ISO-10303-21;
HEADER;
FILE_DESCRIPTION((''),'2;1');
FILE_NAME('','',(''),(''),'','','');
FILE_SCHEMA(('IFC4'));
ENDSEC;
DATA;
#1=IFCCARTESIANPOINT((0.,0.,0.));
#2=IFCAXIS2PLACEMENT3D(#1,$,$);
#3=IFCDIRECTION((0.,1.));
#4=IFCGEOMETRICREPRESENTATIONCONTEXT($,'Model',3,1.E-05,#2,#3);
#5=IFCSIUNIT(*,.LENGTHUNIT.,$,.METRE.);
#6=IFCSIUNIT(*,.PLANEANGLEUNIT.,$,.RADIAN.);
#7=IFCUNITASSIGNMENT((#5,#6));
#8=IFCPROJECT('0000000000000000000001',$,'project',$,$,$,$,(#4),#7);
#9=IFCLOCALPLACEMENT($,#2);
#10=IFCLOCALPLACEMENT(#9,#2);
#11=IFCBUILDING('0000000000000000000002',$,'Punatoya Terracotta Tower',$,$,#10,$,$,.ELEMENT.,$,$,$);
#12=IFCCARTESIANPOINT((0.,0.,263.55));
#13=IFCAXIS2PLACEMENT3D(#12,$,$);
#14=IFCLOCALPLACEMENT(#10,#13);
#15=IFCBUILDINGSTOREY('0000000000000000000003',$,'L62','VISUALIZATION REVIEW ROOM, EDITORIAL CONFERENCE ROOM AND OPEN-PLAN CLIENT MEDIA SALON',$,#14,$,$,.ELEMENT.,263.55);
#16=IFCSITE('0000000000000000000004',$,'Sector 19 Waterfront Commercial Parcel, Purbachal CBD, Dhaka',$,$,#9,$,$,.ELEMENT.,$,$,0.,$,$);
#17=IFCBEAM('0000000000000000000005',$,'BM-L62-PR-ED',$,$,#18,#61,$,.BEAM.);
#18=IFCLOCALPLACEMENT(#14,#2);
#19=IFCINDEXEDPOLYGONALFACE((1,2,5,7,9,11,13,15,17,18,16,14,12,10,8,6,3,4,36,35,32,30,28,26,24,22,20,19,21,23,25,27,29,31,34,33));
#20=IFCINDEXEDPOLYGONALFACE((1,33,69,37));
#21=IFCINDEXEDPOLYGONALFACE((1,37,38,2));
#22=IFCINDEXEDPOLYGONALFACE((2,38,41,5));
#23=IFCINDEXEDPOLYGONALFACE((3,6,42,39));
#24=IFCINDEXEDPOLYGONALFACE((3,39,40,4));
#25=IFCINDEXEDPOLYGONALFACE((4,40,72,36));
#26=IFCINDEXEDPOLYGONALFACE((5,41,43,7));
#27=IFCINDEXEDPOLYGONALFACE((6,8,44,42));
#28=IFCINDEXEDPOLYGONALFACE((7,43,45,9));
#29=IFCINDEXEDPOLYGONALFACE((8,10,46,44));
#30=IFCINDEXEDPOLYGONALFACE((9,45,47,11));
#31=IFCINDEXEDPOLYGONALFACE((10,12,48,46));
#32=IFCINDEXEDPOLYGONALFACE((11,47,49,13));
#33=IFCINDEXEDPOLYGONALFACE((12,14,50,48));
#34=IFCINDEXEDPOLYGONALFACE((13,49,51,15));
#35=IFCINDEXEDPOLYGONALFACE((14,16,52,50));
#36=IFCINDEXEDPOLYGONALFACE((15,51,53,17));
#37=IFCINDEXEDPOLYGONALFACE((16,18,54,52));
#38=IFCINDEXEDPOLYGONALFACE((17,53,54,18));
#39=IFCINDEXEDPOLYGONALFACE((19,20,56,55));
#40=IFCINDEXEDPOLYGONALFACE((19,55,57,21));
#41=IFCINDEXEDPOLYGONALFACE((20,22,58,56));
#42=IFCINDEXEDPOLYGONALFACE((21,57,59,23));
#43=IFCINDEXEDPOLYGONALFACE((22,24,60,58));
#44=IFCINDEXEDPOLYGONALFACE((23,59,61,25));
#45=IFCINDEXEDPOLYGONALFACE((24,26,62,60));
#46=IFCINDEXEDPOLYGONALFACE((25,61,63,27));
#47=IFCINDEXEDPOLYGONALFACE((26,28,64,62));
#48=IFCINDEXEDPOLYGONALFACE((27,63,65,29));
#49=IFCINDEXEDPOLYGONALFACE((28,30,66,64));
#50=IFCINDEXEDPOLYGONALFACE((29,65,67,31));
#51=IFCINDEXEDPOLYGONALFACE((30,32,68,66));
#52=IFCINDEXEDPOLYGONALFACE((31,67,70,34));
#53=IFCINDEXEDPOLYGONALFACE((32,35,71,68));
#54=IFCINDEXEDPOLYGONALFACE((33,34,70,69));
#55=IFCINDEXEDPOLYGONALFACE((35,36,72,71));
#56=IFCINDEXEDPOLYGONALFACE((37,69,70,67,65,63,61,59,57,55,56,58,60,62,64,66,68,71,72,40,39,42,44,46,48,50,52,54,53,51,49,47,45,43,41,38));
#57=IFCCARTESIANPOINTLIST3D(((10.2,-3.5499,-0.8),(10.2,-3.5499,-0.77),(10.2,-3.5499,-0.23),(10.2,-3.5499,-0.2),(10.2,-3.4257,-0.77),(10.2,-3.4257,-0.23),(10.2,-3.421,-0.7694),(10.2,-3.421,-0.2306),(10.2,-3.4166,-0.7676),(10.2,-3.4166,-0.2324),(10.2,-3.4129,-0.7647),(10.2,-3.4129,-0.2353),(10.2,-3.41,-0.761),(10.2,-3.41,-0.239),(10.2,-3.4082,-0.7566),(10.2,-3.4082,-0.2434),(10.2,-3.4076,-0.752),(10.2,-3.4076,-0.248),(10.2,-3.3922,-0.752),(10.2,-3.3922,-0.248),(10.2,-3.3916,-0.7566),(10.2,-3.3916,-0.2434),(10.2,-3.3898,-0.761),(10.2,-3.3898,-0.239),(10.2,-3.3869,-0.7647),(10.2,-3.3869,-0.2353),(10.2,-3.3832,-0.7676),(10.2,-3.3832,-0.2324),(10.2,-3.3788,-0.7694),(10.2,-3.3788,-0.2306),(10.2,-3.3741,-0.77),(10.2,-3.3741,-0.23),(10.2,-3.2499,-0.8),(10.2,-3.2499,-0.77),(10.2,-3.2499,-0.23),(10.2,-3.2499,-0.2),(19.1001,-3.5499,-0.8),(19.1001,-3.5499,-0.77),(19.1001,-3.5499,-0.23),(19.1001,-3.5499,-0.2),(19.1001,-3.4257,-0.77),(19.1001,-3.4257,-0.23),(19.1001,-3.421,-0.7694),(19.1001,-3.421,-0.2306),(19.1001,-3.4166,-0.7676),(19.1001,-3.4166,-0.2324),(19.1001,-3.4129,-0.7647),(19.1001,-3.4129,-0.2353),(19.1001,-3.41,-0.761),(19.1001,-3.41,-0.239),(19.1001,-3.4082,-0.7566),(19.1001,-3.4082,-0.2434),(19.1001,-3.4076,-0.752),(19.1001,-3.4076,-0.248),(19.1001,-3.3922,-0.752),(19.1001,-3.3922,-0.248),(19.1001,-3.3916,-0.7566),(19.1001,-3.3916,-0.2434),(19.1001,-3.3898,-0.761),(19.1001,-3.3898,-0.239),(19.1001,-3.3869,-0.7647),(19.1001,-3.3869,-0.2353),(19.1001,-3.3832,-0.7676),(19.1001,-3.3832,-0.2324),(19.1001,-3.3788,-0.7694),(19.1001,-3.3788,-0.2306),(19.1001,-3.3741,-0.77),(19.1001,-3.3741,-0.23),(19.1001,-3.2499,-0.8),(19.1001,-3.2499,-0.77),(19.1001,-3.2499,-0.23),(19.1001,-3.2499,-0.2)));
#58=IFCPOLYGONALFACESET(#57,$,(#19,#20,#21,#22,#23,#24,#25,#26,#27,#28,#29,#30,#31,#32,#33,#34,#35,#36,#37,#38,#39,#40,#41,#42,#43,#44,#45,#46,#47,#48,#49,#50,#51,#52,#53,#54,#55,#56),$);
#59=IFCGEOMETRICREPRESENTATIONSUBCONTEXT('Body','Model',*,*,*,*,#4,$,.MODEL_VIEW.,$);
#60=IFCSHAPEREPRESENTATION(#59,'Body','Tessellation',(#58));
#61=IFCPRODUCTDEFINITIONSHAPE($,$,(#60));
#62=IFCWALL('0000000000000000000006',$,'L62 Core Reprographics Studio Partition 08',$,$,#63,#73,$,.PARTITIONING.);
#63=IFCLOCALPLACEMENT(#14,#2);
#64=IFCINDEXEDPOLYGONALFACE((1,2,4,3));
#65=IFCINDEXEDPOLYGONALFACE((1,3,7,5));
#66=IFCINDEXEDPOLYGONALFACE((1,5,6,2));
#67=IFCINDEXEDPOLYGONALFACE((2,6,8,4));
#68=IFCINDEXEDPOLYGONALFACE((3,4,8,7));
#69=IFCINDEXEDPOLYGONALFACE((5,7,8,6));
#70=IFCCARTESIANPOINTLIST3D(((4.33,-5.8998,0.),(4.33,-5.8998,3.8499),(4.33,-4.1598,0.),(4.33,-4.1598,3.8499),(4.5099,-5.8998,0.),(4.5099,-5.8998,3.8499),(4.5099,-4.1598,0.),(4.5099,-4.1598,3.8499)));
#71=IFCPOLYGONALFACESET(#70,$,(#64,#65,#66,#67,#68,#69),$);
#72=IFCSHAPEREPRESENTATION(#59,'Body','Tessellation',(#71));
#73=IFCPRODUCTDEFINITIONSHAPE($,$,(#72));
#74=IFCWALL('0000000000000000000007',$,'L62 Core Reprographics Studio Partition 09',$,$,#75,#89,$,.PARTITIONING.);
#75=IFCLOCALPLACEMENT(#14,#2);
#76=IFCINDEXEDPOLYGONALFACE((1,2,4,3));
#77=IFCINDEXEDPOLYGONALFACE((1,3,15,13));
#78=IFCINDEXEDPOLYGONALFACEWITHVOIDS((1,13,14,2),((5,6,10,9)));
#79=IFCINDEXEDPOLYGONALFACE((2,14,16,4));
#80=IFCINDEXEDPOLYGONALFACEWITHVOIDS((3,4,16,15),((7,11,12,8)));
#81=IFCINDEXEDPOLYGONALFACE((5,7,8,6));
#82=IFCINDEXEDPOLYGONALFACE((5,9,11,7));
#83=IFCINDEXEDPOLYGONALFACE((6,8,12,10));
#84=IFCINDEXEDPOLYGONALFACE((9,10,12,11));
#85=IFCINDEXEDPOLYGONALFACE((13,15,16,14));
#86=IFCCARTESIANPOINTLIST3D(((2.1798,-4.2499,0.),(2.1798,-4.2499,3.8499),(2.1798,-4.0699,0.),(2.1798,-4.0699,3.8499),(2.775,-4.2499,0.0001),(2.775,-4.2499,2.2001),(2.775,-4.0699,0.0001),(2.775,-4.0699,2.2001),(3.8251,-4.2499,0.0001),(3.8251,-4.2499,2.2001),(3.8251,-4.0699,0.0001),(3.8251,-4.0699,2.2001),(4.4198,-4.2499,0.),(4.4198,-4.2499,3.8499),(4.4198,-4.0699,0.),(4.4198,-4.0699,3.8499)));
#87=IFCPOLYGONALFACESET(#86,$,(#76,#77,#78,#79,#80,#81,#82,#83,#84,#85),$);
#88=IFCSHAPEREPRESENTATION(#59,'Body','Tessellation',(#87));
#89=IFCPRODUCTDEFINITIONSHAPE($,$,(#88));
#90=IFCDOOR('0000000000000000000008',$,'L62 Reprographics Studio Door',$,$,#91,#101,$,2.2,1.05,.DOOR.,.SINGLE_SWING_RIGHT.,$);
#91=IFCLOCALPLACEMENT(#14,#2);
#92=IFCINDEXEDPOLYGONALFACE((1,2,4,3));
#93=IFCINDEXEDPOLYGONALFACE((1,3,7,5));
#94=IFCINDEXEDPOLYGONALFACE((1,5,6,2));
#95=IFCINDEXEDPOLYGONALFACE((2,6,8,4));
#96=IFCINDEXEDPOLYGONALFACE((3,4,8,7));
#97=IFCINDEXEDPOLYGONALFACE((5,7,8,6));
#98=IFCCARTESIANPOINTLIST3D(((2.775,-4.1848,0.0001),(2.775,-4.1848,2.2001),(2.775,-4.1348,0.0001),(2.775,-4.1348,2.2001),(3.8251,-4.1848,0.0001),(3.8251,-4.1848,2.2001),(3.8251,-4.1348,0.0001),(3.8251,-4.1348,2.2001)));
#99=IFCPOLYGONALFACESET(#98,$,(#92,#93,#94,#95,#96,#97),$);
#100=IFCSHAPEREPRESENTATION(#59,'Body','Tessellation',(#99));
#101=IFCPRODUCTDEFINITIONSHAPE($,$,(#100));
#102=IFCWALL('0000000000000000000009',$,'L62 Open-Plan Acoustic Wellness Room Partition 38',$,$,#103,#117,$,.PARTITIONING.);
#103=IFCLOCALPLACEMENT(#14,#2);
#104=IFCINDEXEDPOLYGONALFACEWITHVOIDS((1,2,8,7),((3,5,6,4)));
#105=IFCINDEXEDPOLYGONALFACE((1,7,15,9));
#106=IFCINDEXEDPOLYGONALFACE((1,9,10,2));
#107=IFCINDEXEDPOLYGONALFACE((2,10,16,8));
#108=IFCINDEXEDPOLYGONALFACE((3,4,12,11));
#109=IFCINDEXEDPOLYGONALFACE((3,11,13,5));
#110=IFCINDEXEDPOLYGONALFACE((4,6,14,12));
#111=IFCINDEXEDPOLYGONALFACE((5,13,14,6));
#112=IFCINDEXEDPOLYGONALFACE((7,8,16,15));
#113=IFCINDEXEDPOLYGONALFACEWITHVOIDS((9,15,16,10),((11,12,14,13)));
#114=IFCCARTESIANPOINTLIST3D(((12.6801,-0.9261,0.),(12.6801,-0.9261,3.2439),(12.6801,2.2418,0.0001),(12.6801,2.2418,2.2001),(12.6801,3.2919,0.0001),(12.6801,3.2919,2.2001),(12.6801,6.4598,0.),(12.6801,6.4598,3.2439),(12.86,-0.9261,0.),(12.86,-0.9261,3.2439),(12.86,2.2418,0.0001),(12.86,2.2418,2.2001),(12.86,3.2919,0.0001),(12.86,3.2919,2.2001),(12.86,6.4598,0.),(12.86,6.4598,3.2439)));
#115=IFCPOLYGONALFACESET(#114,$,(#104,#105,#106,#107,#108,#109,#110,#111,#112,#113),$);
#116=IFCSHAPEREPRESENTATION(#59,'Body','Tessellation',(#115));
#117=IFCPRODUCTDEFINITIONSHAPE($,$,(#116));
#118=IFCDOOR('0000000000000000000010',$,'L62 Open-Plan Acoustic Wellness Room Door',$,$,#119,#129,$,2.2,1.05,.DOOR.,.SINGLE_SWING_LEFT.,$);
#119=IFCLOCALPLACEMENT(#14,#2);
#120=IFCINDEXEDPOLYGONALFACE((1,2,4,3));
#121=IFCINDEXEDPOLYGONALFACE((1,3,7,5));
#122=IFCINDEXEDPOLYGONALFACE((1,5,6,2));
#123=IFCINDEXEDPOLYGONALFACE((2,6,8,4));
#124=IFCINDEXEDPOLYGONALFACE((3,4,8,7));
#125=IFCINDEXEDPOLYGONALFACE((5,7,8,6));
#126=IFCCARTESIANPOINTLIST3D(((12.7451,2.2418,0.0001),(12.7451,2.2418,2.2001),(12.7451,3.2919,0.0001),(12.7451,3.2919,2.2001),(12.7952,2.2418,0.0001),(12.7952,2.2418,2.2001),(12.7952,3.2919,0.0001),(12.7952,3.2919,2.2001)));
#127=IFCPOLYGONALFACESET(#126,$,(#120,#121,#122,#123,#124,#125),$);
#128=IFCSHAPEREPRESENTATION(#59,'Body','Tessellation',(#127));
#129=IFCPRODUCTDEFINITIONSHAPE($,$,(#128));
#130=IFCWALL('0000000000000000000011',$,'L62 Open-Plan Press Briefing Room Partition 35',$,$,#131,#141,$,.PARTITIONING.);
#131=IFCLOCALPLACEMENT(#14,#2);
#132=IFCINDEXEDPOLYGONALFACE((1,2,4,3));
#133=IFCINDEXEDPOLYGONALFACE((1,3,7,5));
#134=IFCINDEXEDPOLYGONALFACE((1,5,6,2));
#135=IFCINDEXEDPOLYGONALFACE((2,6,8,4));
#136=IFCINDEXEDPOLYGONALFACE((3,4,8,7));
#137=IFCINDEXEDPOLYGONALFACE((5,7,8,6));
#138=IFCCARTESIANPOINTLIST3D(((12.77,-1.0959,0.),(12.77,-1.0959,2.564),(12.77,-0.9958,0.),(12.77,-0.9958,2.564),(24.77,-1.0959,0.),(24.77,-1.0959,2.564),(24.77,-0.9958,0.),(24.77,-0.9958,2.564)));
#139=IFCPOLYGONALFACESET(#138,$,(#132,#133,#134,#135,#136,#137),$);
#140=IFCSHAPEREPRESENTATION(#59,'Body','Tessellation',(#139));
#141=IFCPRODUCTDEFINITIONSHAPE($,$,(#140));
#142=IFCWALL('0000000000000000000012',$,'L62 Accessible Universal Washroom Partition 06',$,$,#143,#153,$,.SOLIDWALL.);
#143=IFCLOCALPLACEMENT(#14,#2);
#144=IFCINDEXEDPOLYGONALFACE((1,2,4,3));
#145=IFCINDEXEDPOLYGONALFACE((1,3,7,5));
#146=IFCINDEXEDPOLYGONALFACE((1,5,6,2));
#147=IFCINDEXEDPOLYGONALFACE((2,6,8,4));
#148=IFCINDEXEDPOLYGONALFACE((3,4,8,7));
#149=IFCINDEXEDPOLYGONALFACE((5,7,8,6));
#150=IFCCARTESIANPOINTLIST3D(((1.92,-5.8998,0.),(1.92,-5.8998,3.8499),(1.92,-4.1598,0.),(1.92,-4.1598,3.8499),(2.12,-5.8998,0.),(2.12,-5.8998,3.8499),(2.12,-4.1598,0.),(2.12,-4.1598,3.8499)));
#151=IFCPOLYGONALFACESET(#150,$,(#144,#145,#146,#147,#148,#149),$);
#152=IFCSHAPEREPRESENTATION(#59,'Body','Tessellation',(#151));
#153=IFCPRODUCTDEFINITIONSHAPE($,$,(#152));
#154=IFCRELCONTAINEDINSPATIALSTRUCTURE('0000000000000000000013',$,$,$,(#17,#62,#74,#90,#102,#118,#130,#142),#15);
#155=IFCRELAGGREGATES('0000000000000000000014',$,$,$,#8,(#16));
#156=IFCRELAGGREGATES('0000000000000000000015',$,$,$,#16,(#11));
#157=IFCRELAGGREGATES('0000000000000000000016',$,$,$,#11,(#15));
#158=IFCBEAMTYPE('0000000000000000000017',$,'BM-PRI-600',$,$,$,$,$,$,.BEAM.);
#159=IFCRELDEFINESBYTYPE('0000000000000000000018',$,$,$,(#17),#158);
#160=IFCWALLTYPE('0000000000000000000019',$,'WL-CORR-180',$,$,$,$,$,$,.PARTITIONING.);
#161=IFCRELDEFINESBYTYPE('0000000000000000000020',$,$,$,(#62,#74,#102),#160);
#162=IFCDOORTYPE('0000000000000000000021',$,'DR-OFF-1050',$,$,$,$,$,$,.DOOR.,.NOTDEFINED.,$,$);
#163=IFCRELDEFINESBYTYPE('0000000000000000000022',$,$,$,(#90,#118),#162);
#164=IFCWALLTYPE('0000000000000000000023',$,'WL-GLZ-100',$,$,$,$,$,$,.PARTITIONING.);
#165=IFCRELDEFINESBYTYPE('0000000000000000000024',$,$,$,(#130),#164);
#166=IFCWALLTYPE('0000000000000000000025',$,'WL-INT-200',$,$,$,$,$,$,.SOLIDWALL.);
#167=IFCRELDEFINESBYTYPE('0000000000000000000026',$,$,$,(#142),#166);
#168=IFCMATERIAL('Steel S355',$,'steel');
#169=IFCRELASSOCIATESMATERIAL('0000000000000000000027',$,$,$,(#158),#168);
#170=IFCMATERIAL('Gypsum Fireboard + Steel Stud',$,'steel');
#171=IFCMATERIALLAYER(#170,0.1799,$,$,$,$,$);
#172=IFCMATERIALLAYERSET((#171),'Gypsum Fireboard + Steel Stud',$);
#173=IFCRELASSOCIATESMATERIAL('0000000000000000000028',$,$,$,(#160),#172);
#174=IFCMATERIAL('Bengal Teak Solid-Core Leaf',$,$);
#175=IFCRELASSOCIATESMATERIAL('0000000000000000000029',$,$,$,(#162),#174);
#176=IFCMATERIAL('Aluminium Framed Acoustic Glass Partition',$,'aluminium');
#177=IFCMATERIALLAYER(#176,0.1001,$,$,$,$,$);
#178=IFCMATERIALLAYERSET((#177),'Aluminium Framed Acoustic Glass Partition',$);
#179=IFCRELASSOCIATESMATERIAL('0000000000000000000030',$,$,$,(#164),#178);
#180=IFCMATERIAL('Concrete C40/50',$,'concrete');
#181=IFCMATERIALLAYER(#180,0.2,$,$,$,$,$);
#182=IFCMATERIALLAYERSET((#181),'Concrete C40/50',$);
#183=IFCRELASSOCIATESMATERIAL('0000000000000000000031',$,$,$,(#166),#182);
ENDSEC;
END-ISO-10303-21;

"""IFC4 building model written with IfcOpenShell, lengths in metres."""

from ifc_helpers import new_model, si_unit, direction, frame, frame_2d, origin, origin_2d, place, context, subcontext, project, spatial, rectangle, i_section, extrude, material, layer, layer_set, material_profile, profile_set, type_object, element, fill, save


model = new_model("IFC4")

# Units and contexts
model_context = context("Model", 3, precision=1e-05, world=origin(), true_north=direction((0.0, 1.0)))
body_context = subcontext(model_context, "Body", "Model", "MODEL_VIEW")
ifc_project = project(units=[si_unit("LENGTHUNIT", "METRE"), si_unit("PLANEANGLEUNIT", "RADIAN")], contexts=[model_context])

# Site, building, storey
site_placement = place(None, origin())
site = spatial("IfcSite", under=ifc_project, at=site_placement, Name="Sector 19 Waterfront Commercial Parcel, Purbachal CBD, Dhaka", CompositionType="ELEMENT", RefElevation=0.0)
building_placement = place(site_placement, origin())
building = spatial("IfcBuilding", under=site, at=building_placement, Name="Punatoya Terracotta Tower", CompositionType="ELEMENT")
storey_placement = place(building_placement, frame((0.0, 0.0, 263.55)))
storey = spatial("IfcBuildingStorey", under=building, at=storey_placement, Name="L62", Description="VISUALIZATION REVIEW ROOM, EDITORIAL CONFERENCE ROOM AND OPEN-PLAN CLIENT MEDIA SALON", CompositionType="ELEMENT", Elevation=263.55)

# Beam
ifc_material_1 = material(Name="Steel S355", Category="steel")
ifc_material_profile = material_profile(ifc_material_1, i_section(OverallWidth=0.3, OverallDepth=0.6001, WebThickness=0.0154, FlangeThickness=0.03, FilletRadius=0.0181, at=origin_2d()))
ifc_profile_set = profile_set([ifc_material_profile], Name="Steel S355")
beam_type = type_object("IfcBeamType", Name="BM-PRI-600", PredefinedType="BEAM", material=ifc_profile_set)
beam_placement = place(storey_placement, frame((10.2, -3.3999, -0.5), z_axis=(1.0, 0.0, 0.0), x_axis=(0.0, 1.0, 0.0)))
element("IfcBeam", 1, at=beam_placement, inside=storey, type_object=beam_type, Name="BM-L62-PR-ED", PredefinedType="BEAM", context=body_context, shape_type="SweptSolid", body=[
    extrude(i_section(OverallWidth=0.3, OverallDepth=0.6001, WebThickness=0.0154, FlangeThickness=0.03, FilletRadius=0.0181, at=origin_2d()), origin(), (0.0, 0.0, 1.0), 8.9001),
])

# Wall
ifc_material_2 = material(Name="Gypsum Fireboard + Steel Stud", Category="steel")
ifc_layer_1 = layer(ifc_material_2, 0.1799)
ifc_layer_set_1 = layer_set([ifc_layer_1], Name="Gypsum Fireboard + Steel Stud")
wall_type_1 = type_object("IfcWallType", Name="WL-CORR-180", PredefinedType="PARTITIONING", material=ifc_layer_set_1)
wall_1_placement = place(storey_placement, frame((4.4199, -5.8999, 0.0), z_axis=(0.0, 0.0, 1.0), x_axis=(0.0, 1.0, 0.0)))
element("IfcWall", 2, at=wall_1_placement, inside=storey, type_object=wall_type_1, Name="L62 Core Reprographics Studio Partition 08", PredefinedType="PARTITIONING", context=body_context, shape_type="SweptSolid", body=[
    extrude(rectangle(XDim=1.74, YDim=0.1799, at=frame_2d((0.8701, 0.0))), origin(), (0.0, 0.0, 1.0), 3.8499),
])

# Walls, openings, doors
wall_2_placement = place(storey_placement, frame((4.4199, -4.1599, 0.0), z_axis=(0.0, 0.0, 1.0), x_axis=(-1.0, 0.0, 0.0)))
wall_2 = element("IfcWall", 3, at=wall_2_placement, inside=storey, type_object=wall_type_1, Name="L62 Core Reprographics Studio Partition 09", PredefinedType="PARTITIONING", context=body_context, shape_type="SweptSolid", body=[
    extrude(rectangle(XDim=2.24, YDim=0.1799, at=frame_2d((1.1201, 0.0))), origin(), (0.0, 0.0, 1.0), 3.8499),
])
opening_1_placement = place(wall_2_placement, frame((0.595, 0.0, 0.0)))
opening_1 = element("IfcOpeningElement", 4, at=opening_1_placement, cuts=wall_2, PredefinedType="OPENING", context=body_context, shape_type="SweptSolid", body=[
    extrude(rectangle(XDim=1.05, YDim=2.2, at=frame_2d((0.5249, 1.1001))), frame((0.0, 0.0999, 0.0), z_axis=(0.0, -1.0, 0.0), x_axis=(1.0, 0.0, 0.0)), (0.0, 0.0, 1.0), 0.2),
])
ifc_material_3 = material(Name="Bengal Teak Solid-Core Leaf")
door_type_1 = type_object("IfcDoorType", Name="DR-OFF-1050", OperationType="NOTDEFINED", PredefinedType="DOOR", material=ifc_material_3)
door_1_placement = place(opening_1_placement, origin())
door_1 = element("IfcDoor", 5, at=door_1_placement, inside=storey, type_object=door_type_1, Name="L62 Reprographics Studio Door", OperationType="SINGLE_SWING_RIGHT", OverallHeight=2.2, OverallWidth=1.05, PredefinedType="DOOR", context=body_context, shape_type="SweptSolid", body=[
    extrude(rectangle(XDim=1.05, YDim=2.2, at=frame_2d((0.5249, 1.1001))), frame((0.0, 0.0249, 0.0), z_axis=(0.0, -1.0, 0.0), x_axis=(1.0, 0.0, 0.0)), (0.0, 0.0, 1.0), 0.05),
])
fill(opening_1, door_1)
wall_3_placement = place(storey_placement, frame((12.77, -0.926, 0.0), z_axis=(0.0, 0.0, 1.0), x_axis=(0.0, 1.0, 0.0)))
wall_3 = element("IfcWall", 6, at=wall_3_placement, inside=storey, type_object=wall_type_1, Name="L62 Open-Plan Acoustic Wellness Room Partition 38", PredefinedType="PARTITIONING", context=body_context, shape_type="SweptSolid", body=[
    extrude(rectangle(XDim=7.386, YDim=0.1799, at=frame_2d((3.6929, 0.0))), origin(), (0.0, 0.0, 1.0), 3.2439),
])
opening_2_placement = place(wall_3_placement, frame((3.168, 0.0, 0.0)))
opening_2 = element("IfcOpeningElement", 7, at=opening_2_placement, cuts=wall_3, PredefinedType="OPENING", context=body_context, shape_type="SweptSolid", body=[
    extrude(rectangle(XDim=1.05, YDim=2.2, at=frame_2d((0.5249, 1.1001))), frame((0.0, 0.0999, 0.0), z_axis=(0.0, -1.0, 0.0), x_axis=(1.0, 0.0, 0.0)), (0.0, 0.0, 1.0), 0.2),
])
door_2_placement = place(opening_2_placement, origin())
door_2 = element("IfcDoor", 8, at=door_2_placement, inside=storey, type_object=door_type_1, Name="L62 Open-Plan Acoustic Wellness Room Door", OperationType="SINGLE_SWING_LEFT", OverallHeight=2.2, OverallWidth=1.05, PredefinedType="DOOR", context=body_context, shape_type="SweptSolid", body=[
    extrude(rectangle(XDim=1.05, YDim=2.2, at=frame_2d((0.5249, 1.1001))), frame((0.0, 0.0249, 0.0), z_axis=(0.0, -1.0, 0.0), x_axis=(1.0, 0.0, 0.0)), (0.0, 0.0, 1.0), 0.05),
])
fill(opening_2, door_2)

# Walls
ifc_material_4 = material(Name="Aluminium Framed Acoustic Glass Partition", Category="aluminium")
ifc_layer_2 = layer(ifc_material_4, 0.1001)
ifc_layer_set_2 = layer_set([ifc_layer_2], Name="Aluminium Framed Acoustic Glass Partition")
wall_type_2 = type_object("IfcWallType", Name="WL-GLZ-100", PredefinedType="PARTITIONING", material=ifc_layer_set_2)
wall_4_placement = place(storey_placement, frame((12.77, -1.0459, 0.0), z_axis=(0.0, 0.0, 1.0), x_axis=(1.0, 0.0, 0.0)))
element("IfcWall", 9, at=wall_4_placement, inside=storey, type_object=wall_type_2, Name="L62 Open-Plan Press Briefing Room Partition 35", PredefinedType="PARTITIONING", context=body_context, shape_type="SweptSolid", body=[
    extrude(rectangle(XDim=12.0, YDim=0.1001, at=frame_2d((6.0, 0.0))), origin(), (0.0, 0.0, 1.0), 2.564),
])
ifc_material_5 = material(Name="Concrete C40/50", Category="concrete")
ifc_layer_3 = layer(ifc_material_5, 0.2)
ifc_layer_set_3 = layer_set([ifc_layer_3], Name="Concrete C40/50")
wall_type_3 = type_object("IfcWallType", Name="WL-INT-200", PredefinedType="SOLIDWALL", material=ifc_layer_set_3)
wall_5_placement = place(storey_placement, frame((2.02, -5.8999, 0.0), z_axis=(0.0, 0.0, 1.0), x_axis=(0.0, 1.0, 0.0)))
element("IfcWall", 10, at=wall_5_placement, inside=storey, type_object=wall_type_3, Name="L62 Accessible Universal Washroom Partition 06", PredefinedType="SOLIDWALL", context=body_context, shape_type="SweptSolid", body=[
    extrude(rectangle(XDim=1.74, YDim=0.2, at=frame_2d((0.8701, 0.0))), origin(), (0.0, 0.0, 1.0), 3.8499),
])

save(model, "model.ifc")
